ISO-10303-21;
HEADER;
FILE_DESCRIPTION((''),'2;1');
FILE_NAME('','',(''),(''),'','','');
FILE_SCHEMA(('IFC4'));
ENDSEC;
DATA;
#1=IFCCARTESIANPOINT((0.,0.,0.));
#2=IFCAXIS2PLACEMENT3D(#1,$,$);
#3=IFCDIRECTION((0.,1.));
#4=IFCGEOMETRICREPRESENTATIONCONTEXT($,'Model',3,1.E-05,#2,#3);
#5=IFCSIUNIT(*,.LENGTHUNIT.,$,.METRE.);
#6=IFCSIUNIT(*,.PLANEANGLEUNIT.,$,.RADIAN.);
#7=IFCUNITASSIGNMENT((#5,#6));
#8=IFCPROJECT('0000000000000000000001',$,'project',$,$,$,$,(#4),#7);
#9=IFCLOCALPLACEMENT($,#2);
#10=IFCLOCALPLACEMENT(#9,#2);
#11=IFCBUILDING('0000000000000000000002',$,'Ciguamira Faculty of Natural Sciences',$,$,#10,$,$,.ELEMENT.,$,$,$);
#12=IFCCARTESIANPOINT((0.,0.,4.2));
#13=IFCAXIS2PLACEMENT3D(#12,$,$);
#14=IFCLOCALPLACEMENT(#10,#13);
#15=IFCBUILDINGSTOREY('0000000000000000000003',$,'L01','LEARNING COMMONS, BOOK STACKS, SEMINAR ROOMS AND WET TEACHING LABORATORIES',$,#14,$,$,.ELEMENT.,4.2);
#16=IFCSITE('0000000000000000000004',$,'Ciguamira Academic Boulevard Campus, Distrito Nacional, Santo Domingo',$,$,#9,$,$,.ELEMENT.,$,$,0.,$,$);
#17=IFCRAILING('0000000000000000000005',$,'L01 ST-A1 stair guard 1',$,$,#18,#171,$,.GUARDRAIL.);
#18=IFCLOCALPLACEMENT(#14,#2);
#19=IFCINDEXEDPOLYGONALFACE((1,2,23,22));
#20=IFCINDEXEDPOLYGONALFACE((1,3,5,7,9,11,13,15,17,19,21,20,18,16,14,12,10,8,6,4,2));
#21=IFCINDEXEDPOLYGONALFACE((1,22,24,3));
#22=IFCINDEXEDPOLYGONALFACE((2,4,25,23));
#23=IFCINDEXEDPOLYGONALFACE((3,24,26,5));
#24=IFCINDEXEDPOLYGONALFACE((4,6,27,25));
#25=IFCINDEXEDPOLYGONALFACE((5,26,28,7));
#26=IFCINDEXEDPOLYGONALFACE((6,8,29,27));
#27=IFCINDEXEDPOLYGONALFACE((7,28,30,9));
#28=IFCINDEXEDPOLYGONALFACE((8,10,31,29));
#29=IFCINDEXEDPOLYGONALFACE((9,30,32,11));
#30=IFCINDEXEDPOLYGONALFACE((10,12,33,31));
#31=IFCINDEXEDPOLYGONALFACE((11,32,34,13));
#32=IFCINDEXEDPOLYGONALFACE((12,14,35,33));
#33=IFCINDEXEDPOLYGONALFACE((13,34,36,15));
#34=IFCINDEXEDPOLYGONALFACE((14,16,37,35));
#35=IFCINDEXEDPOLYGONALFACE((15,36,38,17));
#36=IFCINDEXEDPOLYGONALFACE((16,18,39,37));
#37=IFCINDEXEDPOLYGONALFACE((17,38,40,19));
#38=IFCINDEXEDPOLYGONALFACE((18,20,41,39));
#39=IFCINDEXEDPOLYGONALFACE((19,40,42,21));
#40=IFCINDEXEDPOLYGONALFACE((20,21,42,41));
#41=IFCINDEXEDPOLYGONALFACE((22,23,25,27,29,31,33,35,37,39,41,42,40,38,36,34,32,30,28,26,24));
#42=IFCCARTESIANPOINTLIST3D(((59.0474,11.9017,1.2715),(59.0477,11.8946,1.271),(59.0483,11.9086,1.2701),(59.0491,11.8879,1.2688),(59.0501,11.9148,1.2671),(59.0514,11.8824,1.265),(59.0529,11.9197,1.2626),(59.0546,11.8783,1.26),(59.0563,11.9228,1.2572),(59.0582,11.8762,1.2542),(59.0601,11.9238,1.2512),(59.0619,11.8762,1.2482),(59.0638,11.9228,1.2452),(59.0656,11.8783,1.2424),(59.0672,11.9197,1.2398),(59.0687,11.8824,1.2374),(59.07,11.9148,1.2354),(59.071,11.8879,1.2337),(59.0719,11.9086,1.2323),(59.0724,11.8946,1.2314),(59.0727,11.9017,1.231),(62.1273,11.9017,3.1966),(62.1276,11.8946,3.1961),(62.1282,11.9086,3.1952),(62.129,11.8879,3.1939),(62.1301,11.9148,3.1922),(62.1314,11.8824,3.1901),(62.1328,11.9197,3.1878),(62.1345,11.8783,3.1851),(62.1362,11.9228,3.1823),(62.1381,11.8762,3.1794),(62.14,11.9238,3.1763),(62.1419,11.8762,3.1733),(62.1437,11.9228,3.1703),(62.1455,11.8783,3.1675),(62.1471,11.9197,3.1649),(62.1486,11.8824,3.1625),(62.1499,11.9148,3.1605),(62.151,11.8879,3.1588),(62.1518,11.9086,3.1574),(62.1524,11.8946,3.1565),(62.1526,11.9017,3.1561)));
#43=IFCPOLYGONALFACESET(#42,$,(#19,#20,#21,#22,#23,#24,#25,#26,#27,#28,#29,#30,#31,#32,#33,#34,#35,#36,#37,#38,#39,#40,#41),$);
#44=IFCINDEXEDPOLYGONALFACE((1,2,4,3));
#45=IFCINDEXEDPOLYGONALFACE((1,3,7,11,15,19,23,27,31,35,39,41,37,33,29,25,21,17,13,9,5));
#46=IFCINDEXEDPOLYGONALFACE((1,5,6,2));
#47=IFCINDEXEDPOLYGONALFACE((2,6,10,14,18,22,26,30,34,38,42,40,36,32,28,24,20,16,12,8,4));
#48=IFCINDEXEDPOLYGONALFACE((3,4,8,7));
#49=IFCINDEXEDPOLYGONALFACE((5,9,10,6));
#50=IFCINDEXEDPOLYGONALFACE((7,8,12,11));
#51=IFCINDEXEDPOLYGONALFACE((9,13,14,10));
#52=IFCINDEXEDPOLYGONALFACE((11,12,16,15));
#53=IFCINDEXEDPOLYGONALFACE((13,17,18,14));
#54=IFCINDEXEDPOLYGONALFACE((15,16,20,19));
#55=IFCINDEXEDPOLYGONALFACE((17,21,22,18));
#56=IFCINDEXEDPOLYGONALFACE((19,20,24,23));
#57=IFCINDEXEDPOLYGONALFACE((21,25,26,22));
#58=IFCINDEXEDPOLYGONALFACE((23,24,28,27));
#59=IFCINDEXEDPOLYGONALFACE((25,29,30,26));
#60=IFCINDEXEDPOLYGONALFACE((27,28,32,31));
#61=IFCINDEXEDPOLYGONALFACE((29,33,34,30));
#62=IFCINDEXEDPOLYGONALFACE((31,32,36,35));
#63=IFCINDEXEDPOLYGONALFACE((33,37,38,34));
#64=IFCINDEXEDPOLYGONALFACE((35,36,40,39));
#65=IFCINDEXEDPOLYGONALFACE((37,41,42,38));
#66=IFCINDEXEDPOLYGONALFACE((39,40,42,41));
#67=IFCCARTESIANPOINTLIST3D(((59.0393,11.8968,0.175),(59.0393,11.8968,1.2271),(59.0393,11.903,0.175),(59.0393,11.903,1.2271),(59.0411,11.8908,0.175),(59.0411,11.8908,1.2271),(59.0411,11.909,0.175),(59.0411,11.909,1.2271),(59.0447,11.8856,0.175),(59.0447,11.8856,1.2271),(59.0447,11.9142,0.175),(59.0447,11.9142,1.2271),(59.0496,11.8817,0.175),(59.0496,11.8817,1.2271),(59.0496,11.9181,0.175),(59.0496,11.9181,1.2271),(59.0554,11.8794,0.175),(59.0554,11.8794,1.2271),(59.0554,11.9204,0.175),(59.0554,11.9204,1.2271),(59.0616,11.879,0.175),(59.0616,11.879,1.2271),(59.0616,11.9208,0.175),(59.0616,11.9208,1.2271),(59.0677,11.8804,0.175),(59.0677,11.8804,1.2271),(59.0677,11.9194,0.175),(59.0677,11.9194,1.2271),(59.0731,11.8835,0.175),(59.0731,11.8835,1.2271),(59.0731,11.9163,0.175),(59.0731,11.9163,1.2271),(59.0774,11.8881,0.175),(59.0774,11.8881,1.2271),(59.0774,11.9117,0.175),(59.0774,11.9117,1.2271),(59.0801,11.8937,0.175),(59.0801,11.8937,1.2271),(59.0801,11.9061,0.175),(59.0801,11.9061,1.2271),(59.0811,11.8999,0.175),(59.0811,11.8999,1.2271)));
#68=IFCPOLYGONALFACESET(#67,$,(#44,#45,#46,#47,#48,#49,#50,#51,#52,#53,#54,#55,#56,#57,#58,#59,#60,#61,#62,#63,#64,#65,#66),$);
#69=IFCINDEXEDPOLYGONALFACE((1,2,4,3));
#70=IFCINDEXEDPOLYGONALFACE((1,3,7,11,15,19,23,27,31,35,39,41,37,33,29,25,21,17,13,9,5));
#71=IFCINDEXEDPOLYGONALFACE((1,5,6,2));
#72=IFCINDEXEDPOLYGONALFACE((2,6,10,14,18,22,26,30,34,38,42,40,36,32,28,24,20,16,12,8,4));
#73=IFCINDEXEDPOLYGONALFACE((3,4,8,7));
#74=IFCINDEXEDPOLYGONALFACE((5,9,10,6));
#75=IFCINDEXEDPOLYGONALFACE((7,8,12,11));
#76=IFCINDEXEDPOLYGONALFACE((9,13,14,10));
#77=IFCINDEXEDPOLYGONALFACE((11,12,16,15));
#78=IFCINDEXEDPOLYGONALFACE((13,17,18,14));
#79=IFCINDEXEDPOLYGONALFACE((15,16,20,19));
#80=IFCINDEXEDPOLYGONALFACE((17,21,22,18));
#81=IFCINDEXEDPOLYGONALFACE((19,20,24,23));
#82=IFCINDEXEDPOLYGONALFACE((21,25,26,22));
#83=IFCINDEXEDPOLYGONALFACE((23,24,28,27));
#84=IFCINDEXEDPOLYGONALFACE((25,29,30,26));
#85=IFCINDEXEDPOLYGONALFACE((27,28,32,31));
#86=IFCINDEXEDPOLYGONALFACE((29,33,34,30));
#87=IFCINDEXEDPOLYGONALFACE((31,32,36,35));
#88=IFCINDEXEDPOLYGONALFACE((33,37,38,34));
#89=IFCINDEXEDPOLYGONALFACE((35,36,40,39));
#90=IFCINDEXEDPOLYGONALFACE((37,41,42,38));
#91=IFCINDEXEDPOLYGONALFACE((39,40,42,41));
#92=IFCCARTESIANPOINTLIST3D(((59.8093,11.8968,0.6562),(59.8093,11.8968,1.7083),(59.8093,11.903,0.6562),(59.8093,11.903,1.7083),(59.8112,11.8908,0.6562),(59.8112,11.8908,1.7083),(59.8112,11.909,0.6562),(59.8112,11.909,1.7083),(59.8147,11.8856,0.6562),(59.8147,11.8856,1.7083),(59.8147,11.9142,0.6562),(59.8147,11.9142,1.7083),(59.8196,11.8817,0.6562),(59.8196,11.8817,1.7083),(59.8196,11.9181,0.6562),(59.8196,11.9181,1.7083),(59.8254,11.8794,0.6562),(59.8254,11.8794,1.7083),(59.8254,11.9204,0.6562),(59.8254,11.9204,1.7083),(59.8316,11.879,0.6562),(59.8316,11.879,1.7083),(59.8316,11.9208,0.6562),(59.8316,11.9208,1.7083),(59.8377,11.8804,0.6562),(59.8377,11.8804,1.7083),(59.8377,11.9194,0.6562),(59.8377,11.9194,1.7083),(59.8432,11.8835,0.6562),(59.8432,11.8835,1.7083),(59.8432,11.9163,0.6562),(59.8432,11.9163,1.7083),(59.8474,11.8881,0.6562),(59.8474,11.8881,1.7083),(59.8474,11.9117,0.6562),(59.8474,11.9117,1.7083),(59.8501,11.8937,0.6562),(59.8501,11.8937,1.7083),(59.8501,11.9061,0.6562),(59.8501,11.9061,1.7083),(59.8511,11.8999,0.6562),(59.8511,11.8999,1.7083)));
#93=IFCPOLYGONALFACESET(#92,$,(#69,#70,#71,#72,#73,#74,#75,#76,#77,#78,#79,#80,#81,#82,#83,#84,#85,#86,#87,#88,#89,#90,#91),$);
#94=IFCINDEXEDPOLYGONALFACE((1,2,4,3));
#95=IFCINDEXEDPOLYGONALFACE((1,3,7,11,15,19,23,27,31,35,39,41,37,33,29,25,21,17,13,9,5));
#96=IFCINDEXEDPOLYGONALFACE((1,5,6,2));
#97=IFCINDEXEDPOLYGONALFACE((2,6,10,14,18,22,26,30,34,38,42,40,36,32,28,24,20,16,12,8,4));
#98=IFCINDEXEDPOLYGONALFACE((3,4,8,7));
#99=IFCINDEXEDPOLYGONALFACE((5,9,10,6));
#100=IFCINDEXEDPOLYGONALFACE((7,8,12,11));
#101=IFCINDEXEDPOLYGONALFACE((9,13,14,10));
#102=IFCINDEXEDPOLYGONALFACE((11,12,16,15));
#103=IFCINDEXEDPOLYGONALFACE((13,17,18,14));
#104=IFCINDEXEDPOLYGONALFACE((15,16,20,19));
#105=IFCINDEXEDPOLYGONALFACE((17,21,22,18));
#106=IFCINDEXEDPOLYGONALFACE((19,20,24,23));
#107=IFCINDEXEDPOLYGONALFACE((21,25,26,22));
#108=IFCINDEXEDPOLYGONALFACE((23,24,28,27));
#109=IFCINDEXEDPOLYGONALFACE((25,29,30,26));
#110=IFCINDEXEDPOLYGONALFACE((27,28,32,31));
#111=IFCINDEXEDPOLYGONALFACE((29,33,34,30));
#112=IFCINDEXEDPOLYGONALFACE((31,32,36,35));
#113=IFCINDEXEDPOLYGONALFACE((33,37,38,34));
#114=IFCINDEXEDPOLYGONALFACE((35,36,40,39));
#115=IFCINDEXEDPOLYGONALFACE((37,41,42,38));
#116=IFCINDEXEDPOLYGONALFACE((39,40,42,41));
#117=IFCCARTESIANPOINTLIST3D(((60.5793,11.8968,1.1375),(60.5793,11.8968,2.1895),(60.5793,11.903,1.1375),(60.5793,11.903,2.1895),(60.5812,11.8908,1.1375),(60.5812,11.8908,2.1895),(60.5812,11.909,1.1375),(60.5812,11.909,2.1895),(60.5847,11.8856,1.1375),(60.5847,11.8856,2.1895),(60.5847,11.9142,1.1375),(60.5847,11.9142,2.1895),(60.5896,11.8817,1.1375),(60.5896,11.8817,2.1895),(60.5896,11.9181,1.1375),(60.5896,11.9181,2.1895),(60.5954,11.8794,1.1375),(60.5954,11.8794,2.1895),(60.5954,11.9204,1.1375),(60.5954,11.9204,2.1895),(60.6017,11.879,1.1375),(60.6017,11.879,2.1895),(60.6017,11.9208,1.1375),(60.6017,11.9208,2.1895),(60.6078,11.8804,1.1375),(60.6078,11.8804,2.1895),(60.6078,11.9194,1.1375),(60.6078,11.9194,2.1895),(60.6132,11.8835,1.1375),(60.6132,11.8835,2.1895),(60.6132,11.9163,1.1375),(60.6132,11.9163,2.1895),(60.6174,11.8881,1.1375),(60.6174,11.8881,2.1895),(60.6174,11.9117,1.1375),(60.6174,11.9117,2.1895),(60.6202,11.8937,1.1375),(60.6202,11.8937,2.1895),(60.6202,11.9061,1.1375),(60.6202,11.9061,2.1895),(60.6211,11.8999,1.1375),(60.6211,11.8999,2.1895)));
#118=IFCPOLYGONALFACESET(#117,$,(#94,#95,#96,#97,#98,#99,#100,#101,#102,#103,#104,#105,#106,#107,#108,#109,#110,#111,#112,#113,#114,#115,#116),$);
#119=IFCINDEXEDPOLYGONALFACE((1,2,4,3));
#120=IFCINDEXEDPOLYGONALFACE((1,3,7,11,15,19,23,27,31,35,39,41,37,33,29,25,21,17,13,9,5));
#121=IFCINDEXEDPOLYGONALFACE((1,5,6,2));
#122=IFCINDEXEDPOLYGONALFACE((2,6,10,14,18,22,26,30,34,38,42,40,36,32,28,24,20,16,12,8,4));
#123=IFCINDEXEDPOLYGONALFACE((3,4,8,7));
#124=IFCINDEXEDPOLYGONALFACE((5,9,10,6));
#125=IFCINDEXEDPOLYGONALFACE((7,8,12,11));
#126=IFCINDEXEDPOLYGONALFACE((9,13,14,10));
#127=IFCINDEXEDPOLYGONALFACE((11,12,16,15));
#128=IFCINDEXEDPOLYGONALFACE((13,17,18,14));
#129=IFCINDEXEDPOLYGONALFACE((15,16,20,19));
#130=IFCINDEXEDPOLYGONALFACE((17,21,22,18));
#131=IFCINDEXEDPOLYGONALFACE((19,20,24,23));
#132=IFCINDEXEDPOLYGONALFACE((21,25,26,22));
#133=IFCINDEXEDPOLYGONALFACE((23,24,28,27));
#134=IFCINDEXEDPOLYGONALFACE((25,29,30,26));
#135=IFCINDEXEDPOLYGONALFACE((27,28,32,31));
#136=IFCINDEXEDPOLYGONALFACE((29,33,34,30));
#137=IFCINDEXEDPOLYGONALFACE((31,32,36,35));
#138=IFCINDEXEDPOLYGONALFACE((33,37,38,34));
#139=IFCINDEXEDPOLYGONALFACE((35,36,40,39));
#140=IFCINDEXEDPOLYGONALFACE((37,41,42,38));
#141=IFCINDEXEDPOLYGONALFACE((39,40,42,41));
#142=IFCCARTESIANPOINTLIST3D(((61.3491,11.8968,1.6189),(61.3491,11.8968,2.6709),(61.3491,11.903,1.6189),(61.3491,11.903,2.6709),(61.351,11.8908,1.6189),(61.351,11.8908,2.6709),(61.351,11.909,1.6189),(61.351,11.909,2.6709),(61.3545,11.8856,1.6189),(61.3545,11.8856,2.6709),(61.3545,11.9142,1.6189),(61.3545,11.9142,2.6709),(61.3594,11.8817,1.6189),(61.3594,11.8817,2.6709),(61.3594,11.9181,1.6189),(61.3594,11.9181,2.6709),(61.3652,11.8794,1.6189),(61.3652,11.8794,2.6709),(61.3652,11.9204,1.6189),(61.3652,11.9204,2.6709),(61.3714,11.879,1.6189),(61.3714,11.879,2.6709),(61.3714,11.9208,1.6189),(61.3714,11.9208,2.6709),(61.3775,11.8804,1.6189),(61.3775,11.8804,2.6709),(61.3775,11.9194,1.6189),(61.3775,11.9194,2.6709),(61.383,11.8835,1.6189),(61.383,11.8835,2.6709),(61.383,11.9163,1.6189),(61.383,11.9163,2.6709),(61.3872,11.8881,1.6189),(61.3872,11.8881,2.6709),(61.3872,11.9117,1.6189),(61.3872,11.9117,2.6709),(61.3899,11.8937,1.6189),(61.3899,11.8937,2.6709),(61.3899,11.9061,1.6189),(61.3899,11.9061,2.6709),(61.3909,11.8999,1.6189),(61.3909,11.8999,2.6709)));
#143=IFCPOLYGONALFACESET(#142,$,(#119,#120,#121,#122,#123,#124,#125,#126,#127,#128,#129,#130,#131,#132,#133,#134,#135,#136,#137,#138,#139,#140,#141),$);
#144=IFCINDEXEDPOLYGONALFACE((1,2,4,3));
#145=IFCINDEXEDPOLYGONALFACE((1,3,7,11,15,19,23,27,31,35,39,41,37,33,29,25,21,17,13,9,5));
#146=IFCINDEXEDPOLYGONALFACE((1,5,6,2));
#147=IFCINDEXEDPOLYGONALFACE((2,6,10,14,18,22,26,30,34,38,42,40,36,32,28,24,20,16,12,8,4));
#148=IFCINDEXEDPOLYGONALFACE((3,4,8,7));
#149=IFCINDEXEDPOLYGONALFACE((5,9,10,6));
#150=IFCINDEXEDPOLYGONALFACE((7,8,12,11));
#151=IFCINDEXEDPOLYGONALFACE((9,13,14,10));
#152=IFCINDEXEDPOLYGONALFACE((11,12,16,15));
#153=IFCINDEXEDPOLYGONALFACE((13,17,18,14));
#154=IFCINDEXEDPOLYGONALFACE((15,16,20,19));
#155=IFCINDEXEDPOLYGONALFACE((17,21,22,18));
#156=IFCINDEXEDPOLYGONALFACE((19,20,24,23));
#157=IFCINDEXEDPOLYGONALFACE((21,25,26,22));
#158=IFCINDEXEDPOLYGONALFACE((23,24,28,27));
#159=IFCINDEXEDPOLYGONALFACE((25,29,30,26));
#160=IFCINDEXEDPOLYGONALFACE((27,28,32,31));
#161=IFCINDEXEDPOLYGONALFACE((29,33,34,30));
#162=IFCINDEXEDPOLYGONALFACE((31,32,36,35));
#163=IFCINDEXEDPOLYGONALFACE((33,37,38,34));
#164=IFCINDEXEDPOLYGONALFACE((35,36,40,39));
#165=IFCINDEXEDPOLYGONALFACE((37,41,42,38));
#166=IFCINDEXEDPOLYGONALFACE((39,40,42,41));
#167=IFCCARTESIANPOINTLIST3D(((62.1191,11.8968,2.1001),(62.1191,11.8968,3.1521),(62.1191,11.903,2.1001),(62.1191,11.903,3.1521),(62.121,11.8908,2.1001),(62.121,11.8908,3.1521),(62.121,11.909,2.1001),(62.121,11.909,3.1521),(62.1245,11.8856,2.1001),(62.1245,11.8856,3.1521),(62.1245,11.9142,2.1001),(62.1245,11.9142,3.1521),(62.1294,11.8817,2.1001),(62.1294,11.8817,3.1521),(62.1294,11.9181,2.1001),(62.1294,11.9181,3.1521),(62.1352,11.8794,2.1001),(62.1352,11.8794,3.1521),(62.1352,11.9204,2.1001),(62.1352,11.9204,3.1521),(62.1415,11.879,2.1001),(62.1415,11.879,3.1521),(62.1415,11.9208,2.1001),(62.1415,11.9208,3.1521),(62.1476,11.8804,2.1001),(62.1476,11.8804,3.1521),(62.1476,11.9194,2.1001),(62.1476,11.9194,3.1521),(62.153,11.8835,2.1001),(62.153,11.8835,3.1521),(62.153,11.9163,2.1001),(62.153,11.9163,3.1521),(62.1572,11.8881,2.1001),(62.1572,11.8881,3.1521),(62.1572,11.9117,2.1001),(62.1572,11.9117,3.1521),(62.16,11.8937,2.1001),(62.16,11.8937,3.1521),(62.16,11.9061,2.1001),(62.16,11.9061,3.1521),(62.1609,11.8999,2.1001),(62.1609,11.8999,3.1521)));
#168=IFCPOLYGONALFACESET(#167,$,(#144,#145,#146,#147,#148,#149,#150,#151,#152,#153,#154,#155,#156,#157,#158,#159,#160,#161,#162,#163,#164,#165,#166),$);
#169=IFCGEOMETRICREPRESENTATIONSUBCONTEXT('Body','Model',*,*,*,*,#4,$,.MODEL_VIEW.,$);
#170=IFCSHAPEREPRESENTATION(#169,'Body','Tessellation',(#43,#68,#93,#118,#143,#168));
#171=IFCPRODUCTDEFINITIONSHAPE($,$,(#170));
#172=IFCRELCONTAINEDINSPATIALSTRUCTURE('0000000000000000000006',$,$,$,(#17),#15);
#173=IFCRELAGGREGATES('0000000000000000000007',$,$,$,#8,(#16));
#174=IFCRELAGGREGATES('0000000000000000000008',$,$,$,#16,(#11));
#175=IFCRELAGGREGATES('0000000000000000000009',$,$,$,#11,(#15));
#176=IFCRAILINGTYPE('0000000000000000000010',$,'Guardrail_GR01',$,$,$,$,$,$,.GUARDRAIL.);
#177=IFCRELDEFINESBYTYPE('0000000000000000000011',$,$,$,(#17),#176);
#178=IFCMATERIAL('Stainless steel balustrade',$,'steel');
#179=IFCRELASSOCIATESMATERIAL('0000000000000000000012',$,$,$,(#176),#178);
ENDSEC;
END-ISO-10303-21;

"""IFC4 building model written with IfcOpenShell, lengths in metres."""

from ifc_helpers import new_model, si_unit, direction, frame, origin, origin_2d, place, context, subcontext, project, spatial, circle, extrude, material, type_object, element, save


model = new_model("IFC4")

# Units and contexts
model_context = context("Model", 3, precision=1e-05, world=origin(), true_north=direction((0.0, 1.0)))
body_context = subcontext(model_context, "Body", "Model", "MODEL_VIEW")
ifc_project = project(units=[si_unit("LENGTHUNIT", "METRE"), si_unit("PLANEANGLEUNIT", "RADIAN")], contexts=[model_context])

# Site, building, storey
site_placement = place(None, origin())
site = spatial("IfcSite", under=ifc_project, at=site_placement, Name="Ciguamira Academic Boulevard Campus, Distrito Nacional, Santo Domingo", CompositionType="ELEMENT", RefElevation=0.0)
building_placement = place(site_placement, origin())
building = spatial("IfcBuilding", under=site, at=building_placement, Name="Ciguamira Faculty of Natural Sciences", CompositionType="ELEMENT")
storey_placement = place(building_placement, frame((0.0, 0.0, 4.2)))
storey = spatial("IfcBuildingStorey", under=building, at=storey_placement, Name="L01", Description="LEARNING COMMONS, BOOK STACKS, SEMINAR ROOMS AND WET TEACHING LABORATORIES", CompositionType="ELEMENT", Elevation=4.2)

# Railing
ifc_material_1 = material(Name="Stainless steel balustrade", Category="steel")
railing_type_1 = type_object("IfcRailingType", Name="Guardrail_GR01", PredefinedType="GUARDRAIL", material=ifc_material_1)
railing_1_placement = place(storey_placement, frame((59.0601, 11.8999, 0.175)))
element("IfcRailing", 1, at=railing_1_placement, inside=storey, type_object=railing_type_1, Name="L01 ST-A1 stair guard 1", PredefinedType="GUARDRAIL", context=body_context, shape_type="SweptSolid", body=[
    extrude(circle(Radius=0.0239, at=origin_2d()), frame((0.0, 0.0, 1.0762), z_axis=(0.847979, 0.0, 0.530029), x_axis=(0.0, 1.0, 0.0)), (0.0, 0.0, 1.0), 3.6321),
    extrude(circle(Radius=0.021, at=origin_2d()), origin(), (0.0, 0.0, 1.0), 1.052),
    extrude(circle(Radius=0.021, at=origin_2d()), frame((0.77, 0.0, 0.4812)), (0.0, 0.0, 1.0), 1.052),
    extrude(circle(Radius=0.021, at=origin_2d()), frame((1.54, 0.0, 0.9624)), (0.0, 0.0, 1.0), 1.052),
    extrude(circle(Radius=0.021, at=origin_2d()), frame((2.3098, 0.0, 1.4438)), (0.0, 0.0, 1.0), 1.052),
    extrude(circle(Radius=0.021, at=origin_2d()), frame((3.0798, 0.0, 1.925)), (0.0, 0.0, 1.0), 1.052),
])

save(model, "model.ifc")
